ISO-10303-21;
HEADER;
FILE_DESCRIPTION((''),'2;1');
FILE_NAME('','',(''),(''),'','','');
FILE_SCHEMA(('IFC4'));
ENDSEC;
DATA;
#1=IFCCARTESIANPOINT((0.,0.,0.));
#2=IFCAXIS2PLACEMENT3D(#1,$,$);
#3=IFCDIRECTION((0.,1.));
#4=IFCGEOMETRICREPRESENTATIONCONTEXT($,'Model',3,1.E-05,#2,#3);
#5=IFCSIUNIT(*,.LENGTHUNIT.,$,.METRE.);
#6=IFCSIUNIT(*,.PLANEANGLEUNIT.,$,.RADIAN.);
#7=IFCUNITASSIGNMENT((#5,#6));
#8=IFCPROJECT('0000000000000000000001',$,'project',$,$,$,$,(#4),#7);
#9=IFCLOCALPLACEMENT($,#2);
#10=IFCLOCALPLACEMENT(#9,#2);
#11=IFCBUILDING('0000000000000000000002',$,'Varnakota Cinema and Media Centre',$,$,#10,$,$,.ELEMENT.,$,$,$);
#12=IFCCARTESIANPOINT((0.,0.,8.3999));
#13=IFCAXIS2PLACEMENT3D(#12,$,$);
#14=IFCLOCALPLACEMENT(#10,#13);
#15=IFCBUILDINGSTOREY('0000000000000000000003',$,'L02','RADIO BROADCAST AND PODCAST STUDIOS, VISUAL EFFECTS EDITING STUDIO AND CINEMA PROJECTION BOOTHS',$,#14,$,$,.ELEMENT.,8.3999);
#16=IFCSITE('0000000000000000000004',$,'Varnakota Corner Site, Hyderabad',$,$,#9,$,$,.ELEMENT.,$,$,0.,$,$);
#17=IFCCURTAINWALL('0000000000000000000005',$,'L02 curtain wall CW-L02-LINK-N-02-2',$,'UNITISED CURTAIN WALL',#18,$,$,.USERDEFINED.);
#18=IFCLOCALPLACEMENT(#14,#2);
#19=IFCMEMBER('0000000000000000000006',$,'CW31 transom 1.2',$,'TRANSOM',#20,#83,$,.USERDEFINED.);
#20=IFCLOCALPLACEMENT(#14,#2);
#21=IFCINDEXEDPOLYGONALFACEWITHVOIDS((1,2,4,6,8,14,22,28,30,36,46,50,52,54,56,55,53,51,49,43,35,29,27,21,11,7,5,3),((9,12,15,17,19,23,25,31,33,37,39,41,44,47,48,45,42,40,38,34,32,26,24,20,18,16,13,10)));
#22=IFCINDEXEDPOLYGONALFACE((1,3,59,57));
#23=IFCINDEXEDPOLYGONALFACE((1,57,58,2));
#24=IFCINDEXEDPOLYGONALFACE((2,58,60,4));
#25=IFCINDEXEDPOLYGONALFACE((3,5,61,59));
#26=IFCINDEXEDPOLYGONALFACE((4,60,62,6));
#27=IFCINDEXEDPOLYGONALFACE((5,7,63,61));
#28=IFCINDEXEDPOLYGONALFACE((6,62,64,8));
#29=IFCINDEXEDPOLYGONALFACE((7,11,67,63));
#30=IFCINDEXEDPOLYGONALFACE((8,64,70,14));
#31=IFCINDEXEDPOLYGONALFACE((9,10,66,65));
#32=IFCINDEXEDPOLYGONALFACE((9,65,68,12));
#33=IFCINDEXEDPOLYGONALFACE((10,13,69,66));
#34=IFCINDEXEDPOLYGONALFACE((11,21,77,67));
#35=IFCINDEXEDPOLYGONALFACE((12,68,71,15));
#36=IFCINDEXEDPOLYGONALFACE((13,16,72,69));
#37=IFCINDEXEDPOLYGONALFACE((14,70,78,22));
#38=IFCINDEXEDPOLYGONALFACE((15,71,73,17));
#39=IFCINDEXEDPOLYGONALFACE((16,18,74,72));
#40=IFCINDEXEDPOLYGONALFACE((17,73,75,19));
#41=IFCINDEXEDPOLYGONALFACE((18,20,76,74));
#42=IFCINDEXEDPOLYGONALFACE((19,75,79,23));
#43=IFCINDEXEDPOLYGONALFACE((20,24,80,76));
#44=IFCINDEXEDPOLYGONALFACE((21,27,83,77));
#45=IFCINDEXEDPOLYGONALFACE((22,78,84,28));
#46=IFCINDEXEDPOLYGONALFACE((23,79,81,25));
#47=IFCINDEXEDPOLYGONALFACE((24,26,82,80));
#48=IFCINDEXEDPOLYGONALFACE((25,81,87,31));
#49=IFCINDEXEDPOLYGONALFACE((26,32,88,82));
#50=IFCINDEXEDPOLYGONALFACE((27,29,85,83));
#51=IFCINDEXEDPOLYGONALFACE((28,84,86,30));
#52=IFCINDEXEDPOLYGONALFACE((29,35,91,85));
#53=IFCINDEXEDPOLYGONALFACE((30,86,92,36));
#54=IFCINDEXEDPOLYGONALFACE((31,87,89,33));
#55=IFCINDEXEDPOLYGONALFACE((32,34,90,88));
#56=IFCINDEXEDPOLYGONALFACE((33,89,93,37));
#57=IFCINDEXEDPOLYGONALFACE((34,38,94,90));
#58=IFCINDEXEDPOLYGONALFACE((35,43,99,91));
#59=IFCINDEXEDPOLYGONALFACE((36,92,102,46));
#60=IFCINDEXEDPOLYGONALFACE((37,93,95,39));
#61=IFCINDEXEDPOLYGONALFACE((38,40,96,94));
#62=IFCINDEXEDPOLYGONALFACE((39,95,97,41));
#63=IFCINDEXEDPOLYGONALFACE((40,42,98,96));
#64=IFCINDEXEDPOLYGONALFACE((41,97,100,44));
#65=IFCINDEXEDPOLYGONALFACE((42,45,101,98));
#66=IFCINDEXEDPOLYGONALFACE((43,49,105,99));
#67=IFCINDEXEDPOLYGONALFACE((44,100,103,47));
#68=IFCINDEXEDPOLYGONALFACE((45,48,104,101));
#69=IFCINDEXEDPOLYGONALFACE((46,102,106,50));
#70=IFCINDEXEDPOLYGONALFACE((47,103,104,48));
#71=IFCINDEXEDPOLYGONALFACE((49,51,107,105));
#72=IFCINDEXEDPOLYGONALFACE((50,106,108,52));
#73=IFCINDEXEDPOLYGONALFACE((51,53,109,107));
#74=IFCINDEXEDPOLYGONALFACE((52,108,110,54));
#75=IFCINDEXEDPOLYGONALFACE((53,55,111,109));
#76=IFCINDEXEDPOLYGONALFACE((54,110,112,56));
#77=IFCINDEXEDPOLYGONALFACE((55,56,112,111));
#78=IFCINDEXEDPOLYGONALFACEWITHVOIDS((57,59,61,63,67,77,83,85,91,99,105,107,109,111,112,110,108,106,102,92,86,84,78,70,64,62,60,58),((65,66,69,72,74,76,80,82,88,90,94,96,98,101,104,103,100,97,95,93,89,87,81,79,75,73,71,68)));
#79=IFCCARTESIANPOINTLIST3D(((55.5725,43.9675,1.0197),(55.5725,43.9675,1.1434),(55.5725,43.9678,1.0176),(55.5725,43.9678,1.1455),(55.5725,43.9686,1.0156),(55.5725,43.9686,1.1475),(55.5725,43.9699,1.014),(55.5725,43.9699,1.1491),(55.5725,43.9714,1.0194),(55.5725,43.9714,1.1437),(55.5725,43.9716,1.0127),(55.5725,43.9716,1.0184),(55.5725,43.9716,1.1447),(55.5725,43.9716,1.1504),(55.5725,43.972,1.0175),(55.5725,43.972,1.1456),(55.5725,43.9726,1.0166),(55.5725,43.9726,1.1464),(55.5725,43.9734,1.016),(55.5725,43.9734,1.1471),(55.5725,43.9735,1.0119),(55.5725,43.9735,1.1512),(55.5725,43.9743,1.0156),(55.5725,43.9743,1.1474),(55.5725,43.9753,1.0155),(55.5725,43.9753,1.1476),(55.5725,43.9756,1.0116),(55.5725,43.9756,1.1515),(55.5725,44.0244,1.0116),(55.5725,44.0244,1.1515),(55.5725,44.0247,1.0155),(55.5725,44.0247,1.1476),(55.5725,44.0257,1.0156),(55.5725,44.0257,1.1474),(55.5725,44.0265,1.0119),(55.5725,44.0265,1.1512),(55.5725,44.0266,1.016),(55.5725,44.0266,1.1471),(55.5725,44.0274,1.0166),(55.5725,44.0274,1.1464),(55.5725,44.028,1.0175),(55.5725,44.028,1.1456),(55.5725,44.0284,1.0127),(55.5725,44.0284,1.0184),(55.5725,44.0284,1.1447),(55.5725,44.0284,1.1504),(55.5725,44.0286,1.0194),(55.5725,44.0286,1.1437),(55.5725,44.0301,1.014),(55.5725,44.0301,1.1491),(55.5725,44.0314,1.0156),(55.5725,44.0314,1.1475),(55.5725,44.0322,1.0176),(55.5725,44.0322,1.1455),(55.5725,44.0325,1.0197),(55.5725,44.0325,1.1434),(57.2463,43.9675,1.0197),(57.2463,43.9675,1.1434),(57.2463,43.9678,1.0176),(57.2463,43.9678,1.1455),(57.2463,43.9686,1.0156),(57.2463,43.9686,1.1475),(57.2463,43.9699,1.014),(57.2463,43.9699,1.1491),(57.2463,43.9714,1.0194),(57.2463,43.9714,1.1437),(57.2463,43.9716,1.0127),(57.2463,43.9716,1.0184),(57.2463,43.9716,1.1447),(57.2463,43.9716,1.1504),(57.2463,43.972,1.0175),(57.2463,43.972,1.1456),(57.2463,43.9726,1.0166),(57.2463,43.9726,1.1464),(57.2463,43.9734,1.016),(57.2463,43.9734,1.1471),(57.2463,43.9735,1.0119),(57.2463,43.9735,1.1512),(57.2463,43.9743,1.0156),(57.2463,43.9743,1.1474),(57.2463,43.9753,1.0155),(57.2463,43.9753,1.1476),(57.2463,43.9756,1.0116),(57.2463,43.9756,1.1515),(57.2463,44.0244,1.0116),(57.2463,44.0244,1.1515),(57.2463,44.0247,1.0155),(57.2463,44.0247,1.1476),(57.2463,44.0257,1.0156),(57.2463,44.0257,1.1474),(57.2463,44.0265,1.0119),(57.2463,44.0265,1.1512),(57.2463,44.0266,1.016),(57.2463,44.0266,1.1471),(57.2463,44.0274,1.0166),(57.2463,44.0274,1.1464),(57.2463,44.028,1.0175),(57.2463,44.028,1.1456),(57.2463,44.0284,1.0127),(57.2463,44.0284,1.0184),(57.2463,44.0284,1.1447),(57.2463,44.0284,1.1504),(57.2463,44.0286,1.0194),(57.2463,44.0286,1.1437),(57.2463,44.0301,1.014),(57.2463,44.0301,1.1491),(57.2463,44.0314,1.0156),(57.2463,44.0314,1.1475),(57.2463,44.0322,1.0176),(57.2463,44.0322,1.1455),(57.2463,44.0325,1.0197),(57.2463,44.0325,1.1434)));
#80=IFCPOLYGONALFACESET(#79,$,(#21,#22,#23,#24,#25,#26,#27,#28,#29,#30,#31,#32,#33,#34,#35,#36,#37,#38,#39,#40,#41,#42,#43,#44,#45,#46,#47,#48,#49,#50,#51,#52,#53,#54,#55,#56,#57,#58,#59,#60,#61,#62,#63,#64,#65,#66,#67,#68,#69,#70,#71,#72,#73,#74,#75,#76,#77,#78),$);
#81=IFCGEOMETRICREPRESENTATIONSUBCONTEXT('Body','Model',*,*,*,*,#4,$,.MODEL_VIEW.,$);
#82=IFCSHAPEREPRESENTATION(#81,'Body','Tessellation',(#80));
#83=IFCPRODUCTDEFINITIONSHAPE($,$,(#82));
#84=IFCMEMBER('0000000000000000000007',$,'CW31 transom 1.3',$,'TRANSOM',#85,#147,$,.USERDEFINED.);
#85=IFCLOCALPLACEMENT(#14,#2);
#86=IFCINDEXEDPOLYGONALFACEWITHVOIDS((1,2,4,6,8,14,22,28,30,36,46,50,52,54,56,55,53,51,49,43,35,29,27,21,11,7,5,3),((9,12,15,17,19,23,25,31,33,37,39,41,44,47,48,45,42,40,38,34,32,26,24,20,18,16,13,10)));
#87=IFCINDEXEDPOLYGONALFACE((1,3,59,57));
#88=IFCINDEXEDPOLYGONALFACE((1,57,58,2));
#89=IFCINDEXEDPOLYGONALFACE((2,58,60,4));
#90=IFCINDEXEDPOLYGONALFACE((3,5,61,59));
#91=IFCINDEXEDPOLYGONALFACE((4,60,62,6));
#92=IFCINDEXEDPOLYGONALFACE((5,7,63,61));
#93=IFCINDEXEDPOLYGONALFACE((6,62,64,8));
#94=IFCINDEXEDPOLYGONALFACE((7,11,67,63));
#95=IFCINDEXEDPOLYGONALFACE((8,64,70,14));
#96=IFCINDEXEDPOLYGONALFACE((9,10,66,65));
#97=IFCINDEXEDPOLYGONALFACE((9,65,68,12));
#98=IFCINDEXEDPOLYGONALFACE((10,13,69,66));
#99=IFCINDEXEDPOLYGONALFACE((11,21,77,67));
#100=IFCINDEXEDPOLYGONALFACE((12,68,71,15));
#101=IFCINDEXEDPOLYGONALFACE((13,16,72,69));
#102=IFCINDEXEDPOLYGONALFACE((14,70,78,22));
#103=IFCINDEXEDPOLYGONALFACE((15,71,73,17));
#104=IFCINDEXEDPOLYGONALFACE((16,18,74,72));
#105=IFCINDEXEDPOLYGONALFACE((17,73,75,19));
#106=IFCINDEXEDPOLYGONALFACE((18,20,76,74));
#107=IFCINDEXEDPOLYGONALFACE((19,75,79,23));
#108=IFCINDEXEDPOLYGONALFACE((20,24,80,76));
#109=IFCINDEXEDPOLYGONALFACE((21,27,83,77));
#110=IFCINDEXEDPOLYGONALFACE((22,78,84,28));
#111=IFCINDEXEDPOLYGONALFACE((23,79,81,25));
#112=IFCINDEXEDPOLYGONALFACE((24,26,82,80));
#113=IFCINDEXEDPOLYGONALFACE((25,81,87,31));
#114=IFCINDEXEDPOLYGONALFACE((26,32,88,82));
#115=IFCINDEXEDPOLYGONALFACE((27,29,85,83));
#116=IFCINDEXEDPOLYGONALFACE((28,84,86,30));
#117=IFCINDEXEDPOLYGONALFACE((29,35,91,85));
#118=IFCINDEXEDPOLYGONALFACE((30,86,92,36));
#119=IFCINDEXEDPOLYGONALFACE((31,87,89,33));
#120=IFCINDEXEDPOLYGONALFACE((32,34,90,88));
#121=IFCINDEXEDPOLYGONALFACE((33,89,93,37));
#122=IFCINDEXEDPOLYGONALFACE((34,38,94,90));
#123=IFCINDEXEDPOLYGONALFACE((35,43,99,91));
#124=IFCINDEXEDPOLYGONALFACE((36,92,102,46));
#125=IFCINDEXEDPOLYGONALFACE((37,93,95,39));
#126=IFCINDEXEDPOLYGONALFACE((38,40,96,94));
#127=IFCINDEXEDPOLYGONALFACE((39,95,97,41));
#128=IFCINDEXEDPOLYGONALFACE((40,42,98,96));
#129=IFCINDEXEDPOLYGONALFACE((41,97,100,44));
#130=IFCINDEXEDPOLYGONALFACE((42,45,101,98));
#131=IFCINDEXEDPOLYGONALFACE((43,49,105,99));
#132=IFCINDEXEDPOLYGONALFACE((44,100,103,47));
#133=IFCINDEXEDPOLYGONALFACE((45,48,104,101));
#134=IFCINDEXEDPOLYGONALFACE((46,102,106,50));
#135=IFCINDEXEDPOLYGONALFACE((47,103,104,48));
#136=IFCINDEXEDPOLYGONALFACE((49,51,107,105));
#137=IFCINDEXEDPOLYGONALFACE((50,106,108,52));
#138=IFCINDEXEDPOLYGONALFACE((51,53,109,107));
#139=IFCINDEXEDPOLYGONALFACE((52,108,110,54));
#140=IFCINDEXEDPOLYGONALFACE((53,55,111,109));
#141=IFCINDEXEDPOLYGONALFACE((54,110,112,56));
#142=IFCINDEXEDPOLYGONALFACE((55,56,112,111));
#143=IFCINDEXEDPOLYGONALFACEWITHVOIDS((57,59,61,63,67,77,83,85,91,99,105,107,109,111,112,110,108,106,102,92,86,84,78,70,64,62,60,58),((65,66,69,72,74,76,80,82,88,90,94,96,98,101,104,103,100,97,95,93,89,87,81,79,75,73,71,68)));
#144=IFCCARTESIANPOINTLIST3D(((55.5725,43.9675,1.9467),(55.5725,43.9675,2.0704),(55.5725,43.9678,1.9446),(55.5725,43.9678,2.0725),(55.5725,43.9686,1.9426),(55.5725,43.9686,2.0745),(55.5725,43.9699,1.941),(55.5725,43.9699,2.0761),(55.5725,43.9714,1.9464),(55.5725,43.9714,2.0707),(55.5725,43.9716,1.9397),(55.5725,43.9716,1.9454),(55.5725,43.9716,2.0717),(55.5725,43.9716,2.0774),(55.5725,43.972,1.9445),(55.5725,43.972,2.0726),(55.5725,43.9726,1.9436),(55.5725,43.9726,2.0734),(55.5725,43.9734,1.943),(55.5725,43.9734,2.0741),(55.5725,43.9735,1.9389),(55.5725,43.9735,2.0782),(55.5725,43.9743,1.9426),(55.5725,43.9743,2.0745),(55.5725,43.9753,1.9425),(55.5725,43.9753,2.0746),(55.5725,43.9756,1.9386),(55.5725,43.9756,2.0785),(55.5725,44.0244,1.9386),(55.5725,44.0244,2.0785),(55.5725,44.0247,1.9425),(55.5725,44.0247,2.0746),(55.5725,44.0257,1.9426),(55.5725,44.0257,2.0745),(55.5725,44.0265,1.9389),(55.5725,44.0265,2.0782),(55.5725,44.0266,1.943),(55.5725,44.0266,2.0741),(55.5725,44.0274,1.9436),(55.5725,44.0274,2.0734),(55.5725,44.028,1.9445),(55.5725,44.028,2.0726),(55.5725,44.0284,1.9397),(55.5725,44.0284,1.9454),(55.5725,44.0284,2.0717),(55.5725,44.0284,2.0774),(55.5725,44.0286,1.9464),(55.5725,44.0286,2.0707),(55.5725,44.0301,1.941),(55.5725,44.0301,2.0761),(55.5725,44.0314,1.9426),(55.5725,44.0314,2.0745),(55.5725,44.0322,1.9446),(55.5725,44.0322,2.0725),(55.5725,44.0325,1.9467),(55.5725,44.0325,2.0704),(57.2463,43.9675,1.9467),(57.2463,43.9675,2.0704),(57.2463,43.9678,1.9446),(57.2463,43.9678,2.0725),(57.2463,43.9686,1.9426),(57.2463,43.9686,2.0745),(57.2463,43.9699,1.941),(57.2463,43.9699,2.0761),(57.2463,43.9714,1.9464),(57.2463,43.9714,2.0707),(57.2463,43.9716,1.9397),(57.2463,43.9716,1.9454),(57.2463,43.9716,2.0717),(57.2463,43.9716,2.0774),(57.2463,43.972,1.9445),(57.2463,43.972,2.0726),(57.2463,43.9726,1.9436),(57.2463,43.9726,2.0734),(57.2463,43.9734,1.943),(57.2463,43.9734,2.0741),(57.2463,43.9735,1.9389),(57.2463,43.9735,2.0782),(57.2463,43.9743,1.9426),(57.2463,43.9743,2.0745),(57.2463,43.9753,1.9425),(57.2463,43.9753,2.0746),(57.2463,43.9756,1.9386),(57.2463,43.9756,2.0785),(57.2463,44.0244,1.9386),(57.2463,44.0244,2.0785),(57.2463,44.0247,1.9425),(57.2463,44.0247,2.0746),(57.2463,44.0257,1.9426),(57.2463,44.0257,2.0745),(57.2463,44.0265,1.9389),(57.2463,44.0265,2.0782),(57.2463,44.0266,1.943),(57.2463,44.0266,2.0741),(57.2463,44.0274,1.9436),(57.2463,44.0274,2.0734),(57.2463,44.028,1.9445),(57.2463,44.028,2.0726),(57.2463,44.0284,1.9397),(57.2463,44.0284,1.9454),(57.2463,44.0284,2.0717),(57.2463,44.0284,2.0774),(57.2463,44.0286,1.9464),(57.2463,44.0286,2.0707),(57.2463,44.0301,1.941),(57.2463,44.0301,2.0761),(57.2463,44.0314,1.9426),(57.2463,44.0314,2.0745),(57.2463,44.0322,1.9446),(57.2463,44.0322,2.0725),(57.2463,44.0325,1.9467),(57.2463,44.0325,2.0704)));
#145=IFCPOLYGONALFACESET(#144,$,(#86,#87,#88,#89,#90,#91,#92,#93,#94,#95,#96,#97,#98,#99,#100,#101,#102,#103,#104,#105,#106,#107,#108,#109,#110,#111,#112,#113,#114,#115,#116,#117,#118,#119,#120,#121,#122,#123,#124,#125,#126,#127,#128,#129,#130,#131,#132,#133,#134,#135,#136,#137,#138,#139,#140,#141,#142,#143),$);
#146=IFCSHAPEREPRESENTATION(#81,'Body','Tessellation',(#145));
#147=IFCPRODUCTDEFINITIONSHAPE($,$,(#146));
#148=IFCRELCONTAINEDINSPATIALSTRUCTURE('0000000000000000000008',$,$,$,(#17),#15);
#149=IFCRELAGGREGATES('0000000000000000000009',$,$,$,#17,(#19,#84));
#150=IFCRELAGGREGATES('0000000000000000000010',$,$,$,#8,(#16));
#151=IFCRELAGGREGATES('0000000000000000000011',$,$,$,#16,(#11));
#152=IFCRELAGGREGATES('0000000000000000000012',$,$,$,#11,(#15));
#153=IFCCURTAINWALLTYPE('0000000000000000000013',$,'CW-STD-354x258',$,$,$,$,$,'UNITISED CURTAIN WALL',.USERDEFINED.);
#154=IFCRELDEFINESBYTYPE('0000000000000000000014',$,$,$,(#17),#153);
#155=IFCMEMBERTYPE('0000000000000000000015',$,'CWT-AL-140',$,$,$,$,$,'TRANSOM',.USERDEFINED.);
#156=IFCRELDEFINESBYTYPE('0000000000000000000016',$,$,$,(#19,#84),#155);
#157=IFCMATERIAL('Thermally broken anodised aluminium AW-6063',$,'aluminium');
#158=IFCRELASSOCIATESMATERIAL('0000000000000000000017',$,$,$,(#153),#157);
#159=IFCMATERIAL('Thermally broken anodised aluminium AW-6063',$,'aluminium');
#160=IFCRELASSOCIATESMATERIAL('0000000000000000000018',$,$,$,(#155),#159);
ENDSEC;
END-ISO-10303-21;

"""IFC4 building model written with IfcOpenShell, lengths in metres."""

from ifc_helpers import new_model, si_unit, direction, frame, origin, origin_2d, place, context, subcontext, project, spatial, hollow_rectangle, extrude, material, material_profile, profile_set, type_object, element, aggregate, save


model = new_model("IFC4")

# Units and contexts
model_context = context("Model", 3, precision=1e-05, world=origin(), true_north=direction((0.0, 1.0)))
body_context = subcontext(model_context, "Body", "Model", "MODEL_VIEW")
ifc_project = project(units=[si_unit("LENGTHUNIT", "METRE"), si_unit("PLANEANGLEUNIT", "RADIAN")], contexts=[model_context])

# Site, building, storey
site_placement = place(None, origin())
site = spatial("IfcSite", under=ifc_project, at=site_placement, Name="Varnakota Corner Site, Hyderabad", CompositionType="ELEMENT", RefElevation=0.0)
building_placement = place(site_placement, origin())
building = spatial("IfcBuilding", under=site, at=building_placement, Name="Varnakota Cinema and Media Centre", CompositionType="ELEMENT")
storey_placement = place(building_placement, frame((0.0, 0.0, 8.3999)))
storey = spatial("IfcBuildingStorey", under=building, at=storey_placement, Name="L02", Description="RADIO BROADCAST AND PODCAST STUDIOS, VISUAL EFFECTS EDITING STUDIO AND CINEMA PROJECTION BOOTHS", CompositionType="ELEMENT", Elevation=8.3999)

# Shared definitions
ifc_material_1 = material(Name="Thermally broken anodised aluminium AW-6063", Category="aluminium")
curtain_wall_type = type_object("IfcCurtainWallType", Name="CW-STD-354x258", ElementType="UNITISED CURTAIN WALL", PredefinedType="USERDEFINED", material=ifc_material_1)

# Curtain wall
curtain_wall_1_placement = place(storey_placement, origin())
curtain_wall_1 = element("IfcCurtainWall", 1, at=curtain_wall_1_placement, inside=storey, type_object=curtain_wall_type, Name="L02 curtain wall CW-L02-LINK-N-02-2", ObjectType="UNITISED CURTAIN WALL", PredefinedType="USERDEFINED")

# Members
ifc_material_2 = material(Name="Thermally broken anodised aluminium AW-6063", Category="aluminium")
ifc_material_profile_1 = material_profile(ifc_material_2, hollow_rectangle(XDim=0.0649, YDim=0.1399, WallThickness=0.0039, InnerFilletRadius=0.0039, OuterFilletRadius=0.0081, at=origin_2d()), Name="AL-TRANSOM 140x65x4")
ifc_profile_set_1 = profile_set([ifc_material_profile_1], Name="Thermally broken anodised aluminium AW-6063")
member_type_1 = type_object("IfcMemberType", Name="CWT-AL-140", ElementType="TRANSOM", PredefinedType="USERDEFINED", material=ifc_profile_set_1)
member_1_placement = place(storey_placement, frame((55.5725, 44.0, 1.0815), z_axis=(1.0, 0.0, 0.0), x_axis=(0.0, 1.0, 0.0)))
member_1 = element("IfcMember", 2, at=member_1_placement, type_object=member_type_1, Name="CW31 transom 1.2", ObjectType="TRANSOM", PredefinedType="USERDEFINED", context=body_context, shape_type="SweptSolid", body=[
    extrude(hollow_rectangle(XDim=0.0649, YDim=0.1399, WallThickness=0.0039, InnerFilletRadius=0.0039, OuterFilletRadius=0.0081, at=origin_2d()), origin(), (0.0, 0.0, 1.0), 1.6738),
])
member_2_placement = place(storey_placement, frame((55.5725, 44.0, 2.0085), z_axis=(1.0, 0.0, 0.0), x_axis=(0.0, 1.0, 0.0)))
member_2 = element("IfcMember", 3, at=member_2_placement, type_object=member_type_1, Name="CW31 transom 1.3", ObjectType="TRANSOM", PredefinedType="USERDEFINED", context=body_context, shape_type="SweptSolid", body=[
    extrude(hollow_rectangle(XDim=0.0649, YDim=0.1399, WallThickness=0.0039, InnerFilletRadius=0.0039, OuterFilletRadius=0.0081, at=origin_2d()), origin(), (0.0, 0.0, 1.0), 1.6738),
])

aggregate(curtain_wall_1, [member_1, member_2])

save(model, "model.ifc")
